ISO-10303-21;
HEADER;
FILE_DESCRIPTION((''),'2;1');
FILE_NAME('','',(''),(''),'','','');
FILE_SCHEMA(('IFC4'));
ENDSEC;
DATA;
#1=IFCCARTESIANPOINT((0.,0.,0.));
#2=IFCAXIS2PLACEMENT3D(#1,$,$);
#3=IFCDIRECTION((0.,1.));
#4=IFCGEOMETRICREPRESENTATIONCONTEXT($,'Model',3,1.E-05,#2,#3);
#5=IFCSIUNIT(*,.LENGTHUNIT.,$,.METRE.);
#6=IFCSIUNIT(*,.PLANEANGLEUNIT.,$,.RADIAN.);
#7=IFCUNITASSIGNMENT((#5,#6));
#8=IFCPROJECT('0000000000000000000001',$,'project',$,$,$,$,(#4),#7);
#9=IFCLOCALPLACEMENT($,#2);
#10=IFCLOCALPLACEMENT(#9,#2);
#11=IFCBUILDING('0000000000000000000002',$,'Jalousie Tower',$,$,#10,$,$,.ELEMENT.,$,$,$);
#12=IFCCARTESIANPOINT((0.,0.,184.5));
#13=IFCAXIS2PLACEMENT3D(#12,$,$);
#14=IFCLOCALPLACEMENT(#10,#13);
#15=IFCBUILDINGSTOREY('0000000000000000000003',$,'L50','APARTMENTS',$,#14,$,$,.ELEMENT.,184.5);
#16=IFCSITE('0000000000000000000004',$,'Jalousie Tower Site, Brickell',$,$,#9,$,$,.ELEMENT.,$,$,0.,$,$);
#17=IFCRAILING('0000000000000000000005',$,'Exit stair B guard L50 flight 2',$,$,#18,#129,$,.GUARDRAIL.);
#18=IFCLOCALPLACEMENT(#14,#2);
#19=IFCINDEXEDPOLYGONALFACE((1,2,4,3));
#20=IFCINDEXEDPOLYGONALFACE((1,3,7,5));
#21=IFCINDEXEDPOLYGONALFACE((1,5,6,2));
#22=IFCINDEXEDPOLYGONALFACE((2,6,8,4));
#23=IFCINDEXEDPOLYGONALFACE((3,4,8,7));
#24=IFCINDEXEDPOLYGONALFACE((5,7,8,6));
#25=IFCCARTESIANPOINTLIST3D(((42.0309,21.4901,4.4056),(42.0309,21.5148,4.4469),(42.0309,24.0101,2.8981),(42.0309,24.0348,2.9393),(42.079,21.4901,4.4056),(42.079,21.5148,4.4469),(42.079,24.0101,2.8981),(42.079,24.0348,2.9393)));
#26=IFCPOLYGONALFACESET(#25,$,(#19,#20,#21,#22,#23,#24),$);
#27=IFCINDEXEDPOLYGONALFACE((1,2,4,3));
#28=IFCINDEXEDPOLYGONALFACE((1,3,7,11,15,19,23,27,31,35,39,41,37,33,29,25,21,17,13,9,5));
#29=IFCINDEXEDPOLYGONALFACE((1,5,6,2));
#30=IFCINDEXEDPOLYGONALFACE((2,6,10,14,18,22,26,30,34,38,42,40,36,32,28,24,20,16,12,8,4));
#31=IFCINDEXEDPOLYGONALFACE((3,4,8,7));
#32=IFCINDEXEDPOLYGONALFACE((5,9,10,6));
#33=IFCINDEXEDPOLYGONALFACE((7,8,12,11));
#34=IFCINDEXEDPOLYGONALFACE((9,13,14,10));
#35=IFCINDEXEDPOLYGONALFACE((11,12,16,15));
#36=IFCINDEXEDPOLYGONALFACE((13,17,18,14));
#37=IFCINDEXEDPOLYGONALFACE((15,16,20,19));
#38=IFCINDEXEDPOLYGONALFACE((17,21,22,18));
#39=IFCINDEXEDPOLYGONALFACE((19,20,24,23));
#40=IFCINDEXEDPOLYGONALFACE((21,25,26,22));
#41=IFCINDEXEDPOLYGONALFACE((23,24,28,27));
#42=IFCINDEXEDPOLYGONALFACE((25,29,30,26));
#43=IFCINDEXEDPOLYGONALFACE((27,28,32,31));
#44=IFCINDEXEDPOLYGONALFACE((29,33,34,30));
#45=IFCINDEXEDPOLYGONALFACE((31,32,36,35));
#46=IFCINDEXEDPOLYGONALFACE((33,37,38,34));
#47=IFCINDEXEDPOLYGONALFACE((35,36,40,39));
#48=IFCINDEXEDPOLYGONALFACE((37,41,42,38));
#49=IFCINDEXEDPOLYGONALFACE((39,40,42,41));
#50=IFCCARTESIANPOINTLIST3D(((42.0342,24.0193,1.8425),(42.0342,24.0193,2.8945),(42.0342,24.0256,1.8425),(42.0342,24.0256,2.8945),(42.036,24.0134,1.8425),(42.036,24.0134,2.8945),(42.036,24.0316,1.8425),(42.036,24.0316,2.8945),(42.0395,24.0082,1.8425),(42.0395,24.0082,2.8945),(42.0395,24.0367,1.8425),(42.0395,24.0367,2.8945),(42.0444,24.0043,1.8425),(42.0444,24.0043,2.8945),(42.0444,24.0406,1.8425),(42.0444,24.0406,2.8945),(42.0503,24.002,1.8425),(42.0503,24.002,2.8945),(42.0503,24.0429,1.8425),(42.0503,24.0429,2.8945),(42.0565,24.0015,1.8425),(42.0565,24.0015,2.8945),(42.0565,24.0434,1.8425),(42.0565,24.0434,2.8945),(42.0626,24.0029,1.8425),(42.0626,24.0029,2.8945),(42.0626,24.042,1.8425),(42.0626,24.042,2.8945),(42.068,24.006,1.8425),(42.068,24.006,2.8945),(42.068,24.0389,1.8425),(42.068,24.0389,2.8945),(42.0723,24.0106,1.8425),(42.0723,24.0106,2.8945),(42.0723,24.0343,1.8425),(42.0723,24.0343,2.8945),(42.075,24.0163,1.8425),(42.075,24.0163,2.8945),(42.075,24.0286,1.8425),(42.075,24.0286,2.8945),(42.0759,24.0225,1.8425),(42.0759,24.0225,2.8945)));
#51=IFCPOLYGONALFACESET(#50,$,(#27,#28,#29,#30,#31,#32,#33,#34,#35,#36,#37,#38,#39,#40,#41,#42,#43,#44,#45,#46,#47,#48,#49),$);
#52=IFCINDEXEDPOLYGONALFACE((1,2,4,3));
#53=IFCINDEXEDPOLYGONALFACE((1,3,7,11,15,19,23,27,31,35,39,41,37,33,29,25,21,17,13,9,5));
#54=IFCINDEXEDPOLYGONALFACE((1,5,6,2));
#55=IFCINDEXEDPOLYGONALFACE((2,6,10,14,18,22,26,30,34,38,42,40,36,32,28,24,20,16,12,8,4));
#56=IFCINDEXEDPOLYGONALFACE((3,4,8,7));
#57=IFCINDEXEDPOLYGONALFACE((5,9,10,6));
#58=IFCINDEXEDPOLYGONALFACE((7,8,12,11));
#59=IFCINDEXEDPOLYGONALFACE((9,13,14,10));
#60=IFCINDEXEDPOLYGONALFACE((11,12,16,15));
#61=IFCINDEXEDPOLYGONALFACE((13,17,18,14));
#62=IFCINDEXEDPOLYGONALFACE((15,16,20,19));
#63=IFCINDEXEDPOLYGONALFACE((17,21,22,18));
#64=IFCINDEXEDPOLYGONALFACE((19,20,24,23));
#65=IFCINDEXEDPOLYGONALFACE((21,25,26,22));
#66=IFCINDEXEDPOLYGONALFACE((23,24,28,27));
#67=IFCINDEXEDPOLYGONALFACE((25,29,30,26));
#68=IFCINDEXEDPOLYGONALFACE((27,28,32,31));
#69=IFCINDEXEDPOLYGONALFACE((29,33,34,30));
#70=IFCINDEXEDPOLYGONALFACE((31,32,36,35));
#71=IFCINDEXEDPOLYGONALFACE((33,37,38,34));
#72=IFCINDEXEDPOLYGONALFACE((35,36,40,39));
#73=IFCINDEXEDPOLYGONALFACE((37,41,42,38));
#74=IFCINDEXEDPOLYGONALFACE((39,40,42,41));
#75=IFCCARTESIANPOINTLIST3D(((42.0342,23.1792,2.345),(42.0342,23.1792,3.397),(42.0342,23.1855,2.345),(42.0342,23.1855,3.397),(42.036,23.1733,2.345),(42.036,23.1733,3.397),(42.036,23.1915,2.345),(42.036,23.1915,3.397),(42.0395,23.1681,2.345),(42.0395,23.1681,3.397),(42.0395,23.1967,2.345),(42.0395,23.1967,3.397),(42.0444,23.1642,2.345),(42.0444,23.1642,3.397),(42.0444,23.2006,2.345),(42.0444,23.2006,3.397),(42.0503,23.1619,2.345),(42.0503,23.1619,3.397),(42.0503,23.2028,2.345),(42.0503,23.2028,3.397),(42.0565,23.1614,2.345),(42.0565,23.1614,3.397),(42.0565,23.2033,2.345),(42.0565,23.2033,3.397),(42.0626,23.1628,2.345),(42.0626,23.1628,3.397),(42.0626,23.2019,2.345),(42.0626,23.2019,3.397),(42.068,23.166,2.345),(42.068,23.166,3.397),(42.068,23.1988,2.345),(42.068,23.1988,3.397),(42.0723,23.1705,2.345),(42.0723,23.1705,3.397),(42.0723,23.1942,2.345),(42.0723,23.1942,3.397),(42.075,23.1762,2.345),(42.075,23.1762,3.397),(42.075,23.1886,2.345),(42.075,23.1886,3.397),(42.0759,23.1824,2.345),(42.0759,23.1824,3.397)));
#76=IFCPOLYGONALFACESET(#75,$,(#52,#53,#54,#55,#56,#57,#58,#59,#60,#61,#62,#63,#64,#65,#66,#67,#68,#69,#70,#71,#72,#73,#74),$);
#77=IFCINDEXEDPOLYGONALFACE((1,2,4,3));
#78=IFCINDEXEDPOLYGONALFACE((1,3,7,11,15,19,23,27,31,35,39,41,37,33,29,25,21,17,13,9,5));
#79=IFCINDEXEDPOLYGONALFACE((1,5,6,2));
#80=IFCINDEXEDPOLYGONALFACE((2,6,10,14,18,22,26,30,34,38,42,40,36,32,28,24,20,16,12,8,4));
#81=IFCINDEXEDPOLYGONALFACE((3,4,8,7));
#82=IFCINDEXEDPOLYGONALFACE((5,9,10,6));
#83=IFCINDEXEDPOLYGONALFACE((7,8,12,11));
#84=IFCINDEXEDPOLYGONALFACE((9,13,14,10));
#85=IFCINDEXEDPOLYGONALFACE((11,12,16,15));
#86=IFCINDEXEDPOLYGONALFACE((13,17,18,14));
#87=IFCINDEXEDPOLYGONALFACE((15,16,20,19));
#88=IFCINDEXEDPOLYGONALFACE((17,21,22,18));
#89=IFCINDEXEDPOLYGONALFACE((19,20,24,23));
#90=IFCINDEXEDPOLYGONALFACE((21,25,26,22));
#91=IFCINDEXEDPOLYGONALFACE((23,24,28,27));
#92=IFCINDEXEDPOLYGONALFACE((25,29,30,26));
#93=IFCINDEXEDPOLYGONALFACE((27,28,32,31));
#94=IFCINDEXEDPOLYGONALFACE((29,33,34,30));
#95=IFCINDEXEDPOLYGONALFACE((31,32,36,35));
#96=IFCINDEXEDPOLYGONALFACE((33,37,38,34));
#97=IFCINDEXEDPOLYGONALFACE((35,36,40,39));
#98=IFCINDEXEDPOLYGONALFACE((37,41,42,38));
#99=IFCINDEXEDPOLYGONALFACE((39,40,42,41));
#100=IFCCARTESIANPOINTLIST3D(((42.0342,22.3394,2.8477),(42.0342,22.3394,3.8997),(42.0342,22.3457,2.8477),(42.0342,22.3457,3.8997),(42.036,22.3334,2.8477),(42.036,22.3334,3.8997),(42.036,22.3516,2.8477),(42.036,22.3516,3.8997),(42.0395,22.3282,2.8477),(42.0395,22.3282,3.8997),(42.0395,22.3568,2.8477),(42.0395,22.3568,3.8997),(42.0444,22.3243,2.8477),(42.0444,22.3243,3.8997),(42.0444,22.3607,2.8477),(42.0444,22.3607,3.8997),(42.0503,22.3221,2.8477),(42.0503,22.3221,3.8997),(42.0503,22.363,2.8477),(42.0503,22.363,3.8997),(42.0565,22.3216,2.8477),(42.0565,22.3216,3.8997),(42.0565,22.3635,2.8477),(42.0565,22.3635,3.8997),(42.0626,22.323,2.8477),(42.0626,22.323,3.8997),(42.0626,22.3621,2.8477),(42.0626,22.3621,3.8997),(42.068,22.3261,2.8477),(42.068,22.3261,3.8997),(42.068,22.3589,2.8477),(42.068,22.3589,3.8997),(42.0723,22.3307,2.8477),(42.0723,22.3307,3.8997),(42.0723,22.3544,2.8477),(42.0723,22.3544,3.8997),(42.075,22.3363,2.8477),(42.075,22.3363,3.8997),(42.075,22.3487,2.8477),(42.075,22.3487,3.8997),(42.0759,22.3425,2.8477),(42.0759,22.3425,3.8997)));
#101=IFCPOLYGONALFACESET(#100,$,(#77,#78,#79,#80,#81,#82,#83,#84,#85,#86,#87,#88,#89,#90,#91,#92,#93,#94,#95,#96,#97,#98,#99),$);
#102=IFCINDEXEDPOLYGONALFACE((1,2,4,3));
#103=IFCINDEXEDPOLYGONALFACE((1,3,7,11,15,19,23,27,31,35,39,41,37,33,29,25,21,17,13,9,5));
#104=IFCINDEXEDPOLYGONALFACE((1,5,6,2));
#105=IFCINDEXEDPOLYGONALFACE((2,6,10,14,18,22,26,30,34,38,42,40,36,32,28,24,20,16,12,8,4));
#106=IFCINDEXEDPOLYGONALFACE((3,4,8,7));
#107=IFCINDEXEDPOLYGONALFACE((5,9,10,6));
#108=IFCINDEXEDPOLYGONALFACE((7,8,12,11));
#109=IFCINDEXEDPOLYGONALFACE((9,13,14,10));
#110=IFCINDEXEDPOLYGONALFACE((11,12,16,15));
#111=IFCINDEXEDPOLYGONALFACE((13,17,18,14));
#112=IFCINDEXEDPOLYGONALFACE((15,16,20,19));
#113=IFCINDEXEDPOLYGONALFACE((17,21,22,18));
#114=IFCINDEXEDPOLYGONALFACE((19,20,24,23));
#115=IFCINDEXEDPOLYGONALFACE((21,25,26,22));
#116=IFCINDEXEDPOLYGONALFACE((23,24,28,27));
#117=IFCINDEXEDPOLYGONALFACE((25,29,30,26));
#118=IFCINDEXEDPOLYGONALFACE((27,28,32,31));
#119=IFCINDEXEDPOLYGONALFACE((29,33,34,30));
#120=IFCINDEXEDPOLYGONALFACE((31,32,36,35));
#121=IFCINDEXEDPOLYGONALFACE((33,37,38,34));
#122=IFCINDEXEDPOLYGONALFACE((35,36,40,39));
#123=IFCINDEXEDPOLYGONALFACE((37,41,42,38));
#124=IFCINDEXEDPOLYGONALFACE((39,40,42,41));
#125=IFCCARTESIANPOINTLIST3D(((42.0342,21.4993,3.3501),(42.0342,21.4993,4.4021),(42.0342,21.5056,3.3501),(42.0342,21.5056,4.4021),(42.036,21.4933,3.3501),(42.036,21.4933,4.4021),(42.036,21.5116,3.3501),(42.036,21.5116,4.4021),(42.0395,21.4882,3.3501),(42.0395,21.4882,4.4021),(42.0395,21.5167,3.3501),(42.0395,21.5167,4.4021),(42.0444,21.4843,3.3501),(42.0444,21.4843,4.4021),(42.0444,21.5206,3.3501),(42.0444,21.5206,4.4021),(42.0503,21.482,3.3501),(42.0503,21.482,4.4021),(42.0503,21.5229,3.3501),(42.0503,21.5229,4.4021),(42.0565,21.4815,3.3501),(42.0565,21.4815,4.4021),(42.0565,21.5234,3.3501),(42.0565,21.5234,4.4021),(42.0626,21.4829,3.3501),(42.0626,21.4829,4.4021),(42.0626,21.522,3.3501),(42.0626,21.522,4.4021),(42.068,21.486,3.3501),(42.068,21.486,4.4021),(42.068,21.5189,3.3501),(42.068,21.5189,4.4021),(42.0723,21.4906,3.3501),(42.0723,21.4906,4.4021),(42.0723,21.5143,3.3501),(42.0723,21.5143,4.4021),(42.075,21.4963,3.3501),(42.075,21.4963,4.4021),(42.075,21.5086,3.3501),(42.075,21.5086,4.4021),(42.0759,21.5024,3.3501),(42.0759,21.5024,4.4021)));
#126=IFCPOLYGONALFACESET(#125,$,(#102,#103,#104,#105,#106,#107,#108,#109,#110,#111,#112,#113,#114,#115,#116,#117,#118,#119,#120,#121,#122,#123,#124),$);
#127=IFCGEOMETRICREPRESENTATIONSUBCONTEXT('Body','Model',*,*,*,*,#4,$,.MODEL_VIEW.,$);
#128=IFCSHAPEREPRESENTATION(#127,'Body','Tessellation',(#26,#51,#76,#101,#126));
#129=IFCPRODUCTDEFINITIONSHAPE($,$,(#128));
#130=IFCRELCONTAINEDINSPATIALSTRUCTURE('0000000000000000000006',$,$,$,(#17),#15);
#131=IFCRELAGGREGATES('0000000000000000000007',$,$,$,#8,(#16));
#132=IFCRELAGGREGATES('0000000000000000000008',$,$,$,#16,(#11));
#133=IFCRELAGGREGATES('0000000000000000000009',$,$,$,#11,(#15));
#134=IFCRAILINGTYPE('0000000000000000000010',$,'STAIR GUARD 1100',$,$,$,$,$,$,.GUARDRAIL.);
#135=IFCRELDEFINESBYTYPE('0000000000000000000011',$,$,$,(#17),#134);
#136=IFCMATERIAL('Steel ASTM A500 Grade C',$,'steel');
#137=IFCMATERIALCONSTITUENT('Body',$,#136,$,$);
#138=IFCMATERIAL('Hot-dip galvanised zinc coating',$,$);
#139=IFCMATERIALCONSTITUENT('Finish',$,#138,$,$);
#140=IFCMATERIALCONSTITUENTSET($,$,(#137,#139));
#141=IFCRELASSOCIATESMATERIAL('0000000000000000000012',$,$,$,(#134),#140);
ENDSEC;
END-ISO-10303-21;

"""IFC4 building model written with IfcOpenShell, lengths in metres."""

from ifc_helpers import new_model, si_unit, direction, frame, origin, origin_2d, place, context, subcontext, project, spatial, rectangle, circle, extrude, material, constituent, constituent_set, type_object, element, save


model = new_model("IFC4")

# Units and contexts
model_context = context("Model", 3, precision=1e-05, world=origin(), true_north=direction((0.0, 1.0)))
body_context = subcontext(model_context, "Body", "Model", "MODEL_VIEW")
ifc_project = project(units=[si_unit("LENGTHUNIT", "METRE"), si_unit("PLANEANGLEUNIT", "RADIAN")], contexts=[model_context])

# Site, building, storey
site_placement = place(None, origin())
site = spatial("IfcSite", under=ifc_project, at=site_placement, Name="Jalousie Tower Site, Brickell", CompositionType="ELEMENT", RefElevation=0.0)
building_placement = place(site_placement, origin())
building = spatial("IfcBuilding", under=site, at=building_placement, Name="Jalousie Tower", CompositionType="ELEMENT")
storey_placement = place(building_placement, frame((0.0, 0.0, 184.5)))
storey = spatial("IfcBuildingStorey", under=building, at=storey_placement, Name="L50", Description="APARTMENTS", CompositionType="ELEMENT", Elevation=184.5)

# Railing
ifc_material_1 = material(Name="Steel ASTM A500 Grade C", Category="steel")
ifc_constituent_1 = constituent(ifc_material_1, Name="Body")
ifc_material_2 = material(Name="Hot-dip galvanised zinc coating")
ifc_constituent_2 = constituent(ifc_material_2, Name="Finish")
ifc_constituent_set_1 = constituent_set(constituents=[ifc_constituent_1, ifc_constituent_2])
railing_type_1 = type_object("IfcRailingType", Name="STAIR GUARD 1100", PredefinedType="GUARDRAIL", material=ifc_constituent_set_1)
railing_1_placement = place(storey_placement, frame((42.0549, 24.0225, 1.8425)))
element("IfcRailing", 1, at=railing_1_placement, inside=storey, type_object=railing_type_1, Name="Exit stair B guard L50 flight 2", PredefinedType="GUARDRAIL", context=body_context, shape_type="SweptSolid", body=[
    extrude(rectangle(XDim=0.0481, YDim=0.0481, at=origin_2d()), frame((0.0, 0.0, 1.0762), z_axis=(0.0, -0.85816, 0.513383), x_axis=(1.0, 0.0, 0.0)), (0.0, 0.0, 1.0), 2.9365),
    extrude(circle(Radius=0.021, at=origin_2d()), origin(), (0.0, 0.0, 1.0), 1.052),
    extrude(circle(Radius=0.021, at=origin_2d()), frame((0.0, -0.8401, 0.5024)), (0.0, 0.0, 1.0), 1.052),
    extrude(circle(Radius=0.021, at=origin_2d()), frame((0.0, -1.6799, 1.0051)), (0.0, 0.0, 1.0), 1.052),
    extrude(circle(Radius=0.021, at=origin_2d()), frame((0.0, -2.52, 1.5076)), (0.0, 0.0, 1.0), 1.052),
])

save(model, "model.ifc")
